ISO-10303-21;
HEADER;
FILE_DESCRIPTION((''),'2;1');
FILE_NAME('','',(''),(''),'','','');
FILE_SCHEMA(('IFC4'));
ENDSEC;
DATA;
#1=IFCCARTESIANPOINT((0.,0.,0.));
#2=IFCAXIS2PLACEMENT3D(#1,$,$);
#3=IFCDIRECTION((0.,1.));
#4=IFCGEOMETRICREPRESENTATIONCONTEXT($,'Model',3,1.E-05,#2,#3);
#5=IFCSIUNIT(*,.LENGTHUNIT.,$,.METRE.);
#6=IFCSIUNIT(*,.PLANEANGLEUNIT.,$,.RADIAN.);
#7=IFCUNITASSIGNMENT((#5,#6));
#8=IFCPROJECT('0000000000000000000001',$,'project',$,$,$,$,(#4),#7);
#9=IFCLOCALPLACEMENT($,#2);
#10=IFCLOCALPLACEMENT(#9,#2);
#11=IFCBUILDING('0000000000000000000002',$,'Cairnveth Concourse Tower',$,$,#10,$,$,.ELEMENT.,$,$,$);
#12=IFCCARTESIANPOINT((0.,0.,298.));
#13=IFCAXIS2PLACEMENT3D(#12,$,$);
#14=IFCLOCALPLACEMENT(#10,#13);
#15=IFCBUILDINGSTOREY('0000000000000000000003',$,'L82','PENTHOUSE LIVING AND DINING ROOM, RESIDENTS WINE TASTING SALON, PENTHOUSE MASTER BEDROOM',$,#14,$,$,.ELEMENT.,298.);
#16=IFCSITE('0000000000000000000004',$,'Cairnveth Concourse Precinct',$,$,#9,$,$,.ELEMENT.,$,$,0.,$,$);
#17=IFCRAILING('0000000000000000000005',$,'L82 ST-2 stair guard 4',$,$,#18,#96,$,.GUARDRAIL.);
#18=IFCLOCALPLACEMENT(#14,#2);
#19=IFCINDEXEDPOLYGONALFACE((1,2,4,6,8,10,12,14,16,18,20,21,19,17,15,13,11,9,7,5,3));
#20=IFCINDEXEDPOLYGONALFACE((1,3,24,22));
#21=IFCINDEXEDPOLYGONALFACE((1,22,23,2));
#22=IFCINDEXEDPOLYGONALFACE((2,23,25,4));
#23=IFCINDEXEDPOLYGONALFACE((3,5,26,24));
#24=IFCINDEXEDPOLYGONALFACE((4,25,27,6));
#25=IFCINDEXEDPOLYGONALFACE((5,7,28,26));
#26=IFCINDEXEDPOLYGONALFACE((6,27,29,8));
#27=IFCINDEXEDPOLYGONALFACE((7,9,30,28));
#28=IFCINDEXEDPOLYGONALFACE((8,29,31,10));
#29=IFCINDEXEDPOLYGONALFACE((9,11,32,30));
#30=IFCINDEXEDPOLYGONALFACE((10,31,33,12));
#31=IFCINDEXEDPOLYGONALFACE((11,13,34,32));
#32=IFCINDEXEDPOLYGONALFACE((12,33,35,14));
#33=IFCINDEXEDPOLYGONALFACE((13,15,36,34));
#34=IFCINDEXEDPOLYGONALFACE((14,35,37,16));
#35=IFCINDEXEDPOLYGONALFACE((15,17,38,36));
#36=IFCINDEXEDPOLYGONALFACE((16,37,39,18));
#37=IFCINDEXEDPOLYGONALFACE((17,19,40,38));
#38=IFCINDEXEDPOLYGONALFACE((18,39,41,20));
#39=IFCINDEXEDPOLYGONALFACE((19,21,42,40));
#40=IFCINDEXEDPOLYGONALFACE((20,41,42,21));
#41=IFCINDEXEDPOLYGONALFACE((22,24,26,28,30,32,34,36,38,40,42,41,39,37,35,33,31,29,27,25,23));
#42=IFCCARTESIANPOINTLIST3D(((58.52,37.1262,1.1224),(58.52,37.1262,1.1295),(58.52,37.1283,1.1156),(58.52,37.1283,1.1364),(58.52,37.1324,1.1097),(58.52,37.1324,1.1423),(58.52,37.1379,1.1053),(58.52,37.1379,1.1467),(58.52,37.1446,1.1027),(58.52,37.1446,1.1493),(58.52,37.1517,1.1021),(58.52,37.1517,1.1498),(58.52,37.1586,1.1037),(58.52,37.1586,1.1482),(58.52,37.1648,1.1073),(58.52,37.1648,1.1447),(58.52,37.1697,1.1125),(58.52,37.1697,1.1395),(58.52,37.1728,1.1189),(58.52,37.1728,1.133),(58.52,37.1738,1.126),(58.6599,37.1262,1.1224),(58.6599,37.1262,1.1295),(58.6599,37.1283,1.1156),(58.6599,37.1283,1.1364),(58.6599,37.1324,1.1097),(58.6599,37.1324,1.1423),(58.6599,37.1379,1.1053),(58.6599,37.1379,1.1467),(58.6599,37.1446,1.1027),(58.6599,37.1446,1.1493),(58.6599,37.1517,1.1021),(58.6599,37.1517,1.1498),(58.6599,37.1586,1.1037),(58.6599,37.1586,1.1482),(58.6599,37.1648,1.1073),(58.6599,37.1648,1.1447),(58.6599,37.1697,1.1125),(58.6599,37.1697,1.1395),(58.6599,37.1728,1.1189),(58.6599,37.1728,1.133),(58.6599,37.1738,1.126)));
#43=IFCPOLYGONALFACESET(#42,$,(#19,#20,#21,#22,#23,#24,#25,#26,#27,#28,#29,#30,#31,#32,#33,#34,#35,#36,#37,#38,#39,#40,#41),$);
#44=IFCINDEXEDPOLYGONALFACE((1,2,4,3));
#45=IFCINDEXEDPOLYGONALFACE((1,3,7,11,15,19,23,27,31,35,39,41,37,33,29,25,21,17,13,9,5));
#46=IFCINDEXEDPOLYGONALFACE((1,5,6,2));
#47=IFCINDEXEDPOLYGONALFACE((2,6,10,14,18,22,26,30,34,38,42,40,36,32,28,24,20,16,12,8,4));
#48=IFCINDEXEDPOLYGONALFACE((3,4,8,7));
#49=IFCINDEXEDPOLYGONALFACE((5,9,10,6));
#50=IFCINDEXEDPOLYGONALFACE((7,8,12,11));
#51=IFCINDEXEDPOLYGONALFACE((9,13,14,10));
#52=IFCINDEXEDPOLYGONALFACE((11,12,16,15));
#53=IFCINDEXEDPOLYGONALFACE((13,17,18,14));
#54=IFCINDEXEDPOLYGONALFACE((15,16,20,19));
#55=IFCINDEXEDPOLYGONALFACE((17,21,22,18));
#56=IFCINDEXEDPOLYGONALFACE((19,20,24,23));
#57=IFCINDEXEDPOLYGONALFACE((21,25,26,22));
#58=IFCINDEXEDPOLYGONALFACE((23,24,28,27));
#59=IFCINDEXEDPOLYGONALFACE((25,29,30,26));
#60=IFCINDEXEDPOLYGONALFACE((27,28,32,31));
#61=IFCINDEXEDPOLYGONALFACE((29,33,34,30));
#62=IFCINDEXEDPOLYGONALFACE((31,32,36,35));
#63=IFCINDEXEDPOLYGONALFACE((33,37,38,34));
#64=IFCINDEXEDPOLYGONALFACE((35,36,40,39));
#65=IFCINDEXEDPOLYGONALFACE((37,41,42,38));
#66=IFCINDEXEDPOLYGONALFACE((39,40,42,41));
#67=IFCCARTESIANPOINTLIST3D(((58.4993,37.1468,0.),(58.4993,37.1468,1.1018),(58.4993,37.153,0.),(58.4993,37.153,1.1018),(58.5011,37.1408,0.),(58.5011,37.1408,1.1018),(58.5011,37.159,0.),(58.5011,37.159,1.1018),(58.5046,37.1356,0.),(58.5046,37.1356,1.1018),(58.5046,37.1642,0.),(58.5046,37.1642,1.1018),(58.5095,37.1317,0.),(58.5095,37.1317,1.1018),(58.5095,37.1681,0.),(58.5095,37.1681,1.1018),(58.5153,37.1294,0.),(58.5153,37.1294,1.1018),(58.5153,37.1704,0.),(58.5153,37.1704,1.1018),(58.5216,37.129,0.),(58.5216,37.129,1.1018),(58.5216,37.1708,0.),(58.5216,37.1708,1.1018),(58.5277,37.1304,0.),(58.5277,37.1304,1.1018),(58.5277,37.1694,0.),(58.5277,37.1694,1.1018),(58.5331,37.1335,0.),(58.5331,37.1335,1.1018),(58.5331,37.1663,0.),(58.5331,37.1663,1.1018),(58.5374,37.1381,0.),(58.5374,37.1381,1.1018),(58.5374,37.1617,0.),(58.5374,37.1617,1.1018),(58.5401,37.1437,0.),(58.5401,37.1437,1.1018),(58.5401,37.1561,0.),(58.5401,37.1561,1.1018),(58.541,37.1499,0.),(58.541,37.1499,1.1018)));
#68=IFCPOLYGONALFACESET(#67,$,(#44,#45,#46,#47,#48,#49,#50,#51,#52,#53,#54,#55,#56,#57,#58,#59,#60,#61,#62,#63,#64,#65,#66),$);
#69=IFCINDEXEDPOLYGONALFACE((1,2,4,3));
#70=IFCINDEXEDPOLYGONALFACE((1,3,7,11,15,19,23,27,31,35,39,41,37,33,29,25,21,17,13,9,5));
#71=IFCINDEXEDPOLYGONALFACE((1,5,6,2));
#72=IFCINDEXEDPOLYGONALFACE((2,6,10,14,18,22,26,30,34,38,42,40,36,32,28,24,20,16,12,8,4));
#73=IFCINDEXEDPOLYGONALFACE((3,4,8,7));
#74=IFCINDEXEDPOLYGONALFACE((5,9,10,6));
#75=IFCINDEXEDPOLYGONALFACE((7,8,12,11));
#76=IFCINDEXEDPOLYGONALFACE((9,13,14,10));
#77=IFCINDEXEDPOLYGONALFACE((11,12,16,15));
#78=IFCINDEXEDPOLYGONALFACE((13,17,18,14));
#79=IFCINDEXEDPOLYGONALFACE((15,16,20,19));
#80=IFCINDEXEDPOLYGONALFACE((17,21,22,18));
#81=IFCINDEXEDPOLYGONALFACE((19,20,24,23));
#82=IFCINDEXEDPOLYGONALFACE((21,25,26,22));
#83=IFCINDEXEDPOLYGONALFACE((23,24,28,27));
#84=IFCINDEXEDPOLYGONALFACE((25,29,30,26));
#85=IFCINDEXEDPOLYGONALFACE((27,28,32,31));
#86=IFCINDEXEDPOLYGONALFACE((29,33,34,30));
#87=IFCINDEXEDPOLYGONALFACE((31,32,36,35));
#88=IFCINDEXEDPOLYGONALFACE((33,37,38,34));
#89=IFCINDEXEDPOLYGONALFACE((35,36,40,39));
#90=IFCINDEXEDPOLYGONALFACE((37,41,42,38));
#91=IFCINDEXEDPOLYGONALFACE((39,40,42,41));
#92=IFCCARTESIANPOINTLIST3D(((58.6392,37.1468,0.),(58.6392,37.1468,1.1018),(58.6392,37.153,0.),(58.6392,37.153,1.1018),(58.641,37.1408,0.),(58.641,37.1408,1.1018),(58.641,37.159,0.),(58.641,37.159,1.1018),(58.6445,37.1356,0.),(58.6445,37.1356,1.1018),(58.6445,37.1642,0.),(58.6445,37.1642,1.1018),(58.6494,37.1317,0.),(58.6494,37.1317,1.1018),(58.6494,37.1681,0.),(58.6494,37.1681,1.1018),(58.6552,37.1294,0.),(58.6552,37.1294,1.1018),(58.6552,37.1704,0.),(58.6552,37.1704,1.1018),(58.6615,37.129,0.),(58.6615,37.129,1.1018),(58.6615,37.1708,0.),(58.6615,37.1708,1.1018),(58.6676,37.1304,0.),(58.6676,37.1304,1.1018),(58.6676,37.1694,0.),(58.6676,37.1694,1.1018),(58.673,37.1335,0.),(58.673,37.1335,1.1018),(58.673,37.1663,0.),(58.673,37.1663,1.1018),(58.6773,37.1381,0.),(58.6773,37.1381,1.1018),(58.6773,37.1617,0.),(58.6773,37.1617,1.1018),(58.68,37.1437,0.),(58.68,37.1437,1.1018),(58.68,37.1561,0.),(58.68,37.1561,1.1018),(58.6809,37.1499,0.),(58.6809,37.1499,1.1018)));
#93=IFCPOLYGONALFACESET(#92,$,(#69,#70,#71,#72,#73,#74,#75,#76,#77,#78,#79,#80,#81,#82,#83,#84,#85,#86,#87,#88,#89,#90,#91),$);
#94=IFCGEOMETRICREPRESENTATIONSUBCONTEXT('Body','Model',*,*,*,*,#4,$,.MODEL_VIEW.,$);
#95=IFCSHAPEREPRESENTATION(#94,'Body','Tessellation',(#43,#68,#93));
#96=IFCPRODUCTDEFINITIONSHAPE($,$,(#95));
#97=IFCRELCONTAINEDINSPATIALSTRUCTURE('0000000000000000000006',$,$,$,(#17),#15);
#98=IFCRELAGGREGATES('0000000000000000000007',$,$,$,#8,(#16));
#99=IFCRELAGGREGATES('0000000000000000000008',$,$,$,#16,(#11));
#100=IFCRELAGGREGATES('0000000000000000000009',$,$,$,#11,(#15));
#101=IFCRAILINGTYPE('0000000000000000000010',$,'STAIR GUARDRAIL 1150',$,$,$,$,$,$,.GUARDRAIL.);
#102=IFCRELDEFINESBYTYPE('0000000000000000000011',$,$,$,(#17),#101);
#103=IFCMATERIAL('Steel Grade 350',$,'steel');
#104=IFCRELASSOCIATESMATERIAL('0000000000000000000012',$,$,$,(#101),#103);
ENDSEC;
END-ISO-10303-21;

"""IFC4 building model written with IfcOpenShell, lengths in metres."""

from ifc_helpers import new_model, si_unit, direction, frame, origin, origin_2d, place, context, subcontext, project, spatial, circle, extrude, material, type_object, element, save


model = new_model("IFC4")

# Units and contexts
model_context = context("Model", 3, precision=1e-05, world=origin(), true_north=direction((0.0, 1.0)))
body_context = subcontext(model_context, "Body", "Model", "MODEL_VIEW")
ifc_project = project(units=[si_unit("LENGTHUNIT", "METRE"), si_unit("PLANEANGLEUNIT", "RADIAN")], contexts=[model_context])

# Site, building, storey
site_placement = place(None, origin())
site = spatial("IfcSite", under=ifc_project, at=site_placement, Name="Cairnveth Concourse Precinct", CompositionType="ELEMENT", RefElevation=0.0)
building_placement = place(site_placement, origin())
building = spatial("IfcBuilding", under=site, at=building_placement, Name="Cairnveth Concourse Tower", CompositionType="ELEMENT")
storey_placement = place(building_placement, frame((0.0, 0.0, 298.0)))
storey = spatial("IfcBuildingStorey", under=building, at=storey_placement, Name="L82", Description="PENTHOUSE LIVING AND DINING ROOM, RESIDENTS WINE TASTING SALON, PENTHOUSE MASTER BEDROOM", CompositionType="ELEMENT", Elevation=298.0)

# Shared definitions
ifc_material_1 = material(Name="Steel Grade 350", Category="steel")

# Railing
railing_type_1 = type_object("IfcRailingType", Name="STAIR GUARDRAIL 1150", PredefinedType="GUARDRAIL", material=ifc_material_1)
railing_1_placement = place(storey_placement, frame((58.52, 37.1499, 0.0)))
element("IfcRailing", 1, at=railing_1_placement, inside=storey, type_object=railing_type_1, Name="L82 ST-2 stair guard 4", PredefinedType="GUARDRAIL", context=body_context, shape_type="SweptSolid", body=[
    extrude(circle(Radius=0.0239, at=origin_2d()), frame((0.0, 0.0, 1.126), z_axis=(1.0, 0.0, 0.0), x_axis=(0.0, 1.0, 0.0)), (0.0, 0.0, 1.0), 0.1399),
    extrude(circle(Radius=0.021, at=origin_2d()), origin(), (0.0, 0.0, 1.0), 1.1018),
    extrude(circle(Radius=0.021, at=origin_2d()), frame((0.1399, 0.0, 0.0)), (0.0, 0.0, 1.0), 1.1018),
])

save(model, "model.ifc")
